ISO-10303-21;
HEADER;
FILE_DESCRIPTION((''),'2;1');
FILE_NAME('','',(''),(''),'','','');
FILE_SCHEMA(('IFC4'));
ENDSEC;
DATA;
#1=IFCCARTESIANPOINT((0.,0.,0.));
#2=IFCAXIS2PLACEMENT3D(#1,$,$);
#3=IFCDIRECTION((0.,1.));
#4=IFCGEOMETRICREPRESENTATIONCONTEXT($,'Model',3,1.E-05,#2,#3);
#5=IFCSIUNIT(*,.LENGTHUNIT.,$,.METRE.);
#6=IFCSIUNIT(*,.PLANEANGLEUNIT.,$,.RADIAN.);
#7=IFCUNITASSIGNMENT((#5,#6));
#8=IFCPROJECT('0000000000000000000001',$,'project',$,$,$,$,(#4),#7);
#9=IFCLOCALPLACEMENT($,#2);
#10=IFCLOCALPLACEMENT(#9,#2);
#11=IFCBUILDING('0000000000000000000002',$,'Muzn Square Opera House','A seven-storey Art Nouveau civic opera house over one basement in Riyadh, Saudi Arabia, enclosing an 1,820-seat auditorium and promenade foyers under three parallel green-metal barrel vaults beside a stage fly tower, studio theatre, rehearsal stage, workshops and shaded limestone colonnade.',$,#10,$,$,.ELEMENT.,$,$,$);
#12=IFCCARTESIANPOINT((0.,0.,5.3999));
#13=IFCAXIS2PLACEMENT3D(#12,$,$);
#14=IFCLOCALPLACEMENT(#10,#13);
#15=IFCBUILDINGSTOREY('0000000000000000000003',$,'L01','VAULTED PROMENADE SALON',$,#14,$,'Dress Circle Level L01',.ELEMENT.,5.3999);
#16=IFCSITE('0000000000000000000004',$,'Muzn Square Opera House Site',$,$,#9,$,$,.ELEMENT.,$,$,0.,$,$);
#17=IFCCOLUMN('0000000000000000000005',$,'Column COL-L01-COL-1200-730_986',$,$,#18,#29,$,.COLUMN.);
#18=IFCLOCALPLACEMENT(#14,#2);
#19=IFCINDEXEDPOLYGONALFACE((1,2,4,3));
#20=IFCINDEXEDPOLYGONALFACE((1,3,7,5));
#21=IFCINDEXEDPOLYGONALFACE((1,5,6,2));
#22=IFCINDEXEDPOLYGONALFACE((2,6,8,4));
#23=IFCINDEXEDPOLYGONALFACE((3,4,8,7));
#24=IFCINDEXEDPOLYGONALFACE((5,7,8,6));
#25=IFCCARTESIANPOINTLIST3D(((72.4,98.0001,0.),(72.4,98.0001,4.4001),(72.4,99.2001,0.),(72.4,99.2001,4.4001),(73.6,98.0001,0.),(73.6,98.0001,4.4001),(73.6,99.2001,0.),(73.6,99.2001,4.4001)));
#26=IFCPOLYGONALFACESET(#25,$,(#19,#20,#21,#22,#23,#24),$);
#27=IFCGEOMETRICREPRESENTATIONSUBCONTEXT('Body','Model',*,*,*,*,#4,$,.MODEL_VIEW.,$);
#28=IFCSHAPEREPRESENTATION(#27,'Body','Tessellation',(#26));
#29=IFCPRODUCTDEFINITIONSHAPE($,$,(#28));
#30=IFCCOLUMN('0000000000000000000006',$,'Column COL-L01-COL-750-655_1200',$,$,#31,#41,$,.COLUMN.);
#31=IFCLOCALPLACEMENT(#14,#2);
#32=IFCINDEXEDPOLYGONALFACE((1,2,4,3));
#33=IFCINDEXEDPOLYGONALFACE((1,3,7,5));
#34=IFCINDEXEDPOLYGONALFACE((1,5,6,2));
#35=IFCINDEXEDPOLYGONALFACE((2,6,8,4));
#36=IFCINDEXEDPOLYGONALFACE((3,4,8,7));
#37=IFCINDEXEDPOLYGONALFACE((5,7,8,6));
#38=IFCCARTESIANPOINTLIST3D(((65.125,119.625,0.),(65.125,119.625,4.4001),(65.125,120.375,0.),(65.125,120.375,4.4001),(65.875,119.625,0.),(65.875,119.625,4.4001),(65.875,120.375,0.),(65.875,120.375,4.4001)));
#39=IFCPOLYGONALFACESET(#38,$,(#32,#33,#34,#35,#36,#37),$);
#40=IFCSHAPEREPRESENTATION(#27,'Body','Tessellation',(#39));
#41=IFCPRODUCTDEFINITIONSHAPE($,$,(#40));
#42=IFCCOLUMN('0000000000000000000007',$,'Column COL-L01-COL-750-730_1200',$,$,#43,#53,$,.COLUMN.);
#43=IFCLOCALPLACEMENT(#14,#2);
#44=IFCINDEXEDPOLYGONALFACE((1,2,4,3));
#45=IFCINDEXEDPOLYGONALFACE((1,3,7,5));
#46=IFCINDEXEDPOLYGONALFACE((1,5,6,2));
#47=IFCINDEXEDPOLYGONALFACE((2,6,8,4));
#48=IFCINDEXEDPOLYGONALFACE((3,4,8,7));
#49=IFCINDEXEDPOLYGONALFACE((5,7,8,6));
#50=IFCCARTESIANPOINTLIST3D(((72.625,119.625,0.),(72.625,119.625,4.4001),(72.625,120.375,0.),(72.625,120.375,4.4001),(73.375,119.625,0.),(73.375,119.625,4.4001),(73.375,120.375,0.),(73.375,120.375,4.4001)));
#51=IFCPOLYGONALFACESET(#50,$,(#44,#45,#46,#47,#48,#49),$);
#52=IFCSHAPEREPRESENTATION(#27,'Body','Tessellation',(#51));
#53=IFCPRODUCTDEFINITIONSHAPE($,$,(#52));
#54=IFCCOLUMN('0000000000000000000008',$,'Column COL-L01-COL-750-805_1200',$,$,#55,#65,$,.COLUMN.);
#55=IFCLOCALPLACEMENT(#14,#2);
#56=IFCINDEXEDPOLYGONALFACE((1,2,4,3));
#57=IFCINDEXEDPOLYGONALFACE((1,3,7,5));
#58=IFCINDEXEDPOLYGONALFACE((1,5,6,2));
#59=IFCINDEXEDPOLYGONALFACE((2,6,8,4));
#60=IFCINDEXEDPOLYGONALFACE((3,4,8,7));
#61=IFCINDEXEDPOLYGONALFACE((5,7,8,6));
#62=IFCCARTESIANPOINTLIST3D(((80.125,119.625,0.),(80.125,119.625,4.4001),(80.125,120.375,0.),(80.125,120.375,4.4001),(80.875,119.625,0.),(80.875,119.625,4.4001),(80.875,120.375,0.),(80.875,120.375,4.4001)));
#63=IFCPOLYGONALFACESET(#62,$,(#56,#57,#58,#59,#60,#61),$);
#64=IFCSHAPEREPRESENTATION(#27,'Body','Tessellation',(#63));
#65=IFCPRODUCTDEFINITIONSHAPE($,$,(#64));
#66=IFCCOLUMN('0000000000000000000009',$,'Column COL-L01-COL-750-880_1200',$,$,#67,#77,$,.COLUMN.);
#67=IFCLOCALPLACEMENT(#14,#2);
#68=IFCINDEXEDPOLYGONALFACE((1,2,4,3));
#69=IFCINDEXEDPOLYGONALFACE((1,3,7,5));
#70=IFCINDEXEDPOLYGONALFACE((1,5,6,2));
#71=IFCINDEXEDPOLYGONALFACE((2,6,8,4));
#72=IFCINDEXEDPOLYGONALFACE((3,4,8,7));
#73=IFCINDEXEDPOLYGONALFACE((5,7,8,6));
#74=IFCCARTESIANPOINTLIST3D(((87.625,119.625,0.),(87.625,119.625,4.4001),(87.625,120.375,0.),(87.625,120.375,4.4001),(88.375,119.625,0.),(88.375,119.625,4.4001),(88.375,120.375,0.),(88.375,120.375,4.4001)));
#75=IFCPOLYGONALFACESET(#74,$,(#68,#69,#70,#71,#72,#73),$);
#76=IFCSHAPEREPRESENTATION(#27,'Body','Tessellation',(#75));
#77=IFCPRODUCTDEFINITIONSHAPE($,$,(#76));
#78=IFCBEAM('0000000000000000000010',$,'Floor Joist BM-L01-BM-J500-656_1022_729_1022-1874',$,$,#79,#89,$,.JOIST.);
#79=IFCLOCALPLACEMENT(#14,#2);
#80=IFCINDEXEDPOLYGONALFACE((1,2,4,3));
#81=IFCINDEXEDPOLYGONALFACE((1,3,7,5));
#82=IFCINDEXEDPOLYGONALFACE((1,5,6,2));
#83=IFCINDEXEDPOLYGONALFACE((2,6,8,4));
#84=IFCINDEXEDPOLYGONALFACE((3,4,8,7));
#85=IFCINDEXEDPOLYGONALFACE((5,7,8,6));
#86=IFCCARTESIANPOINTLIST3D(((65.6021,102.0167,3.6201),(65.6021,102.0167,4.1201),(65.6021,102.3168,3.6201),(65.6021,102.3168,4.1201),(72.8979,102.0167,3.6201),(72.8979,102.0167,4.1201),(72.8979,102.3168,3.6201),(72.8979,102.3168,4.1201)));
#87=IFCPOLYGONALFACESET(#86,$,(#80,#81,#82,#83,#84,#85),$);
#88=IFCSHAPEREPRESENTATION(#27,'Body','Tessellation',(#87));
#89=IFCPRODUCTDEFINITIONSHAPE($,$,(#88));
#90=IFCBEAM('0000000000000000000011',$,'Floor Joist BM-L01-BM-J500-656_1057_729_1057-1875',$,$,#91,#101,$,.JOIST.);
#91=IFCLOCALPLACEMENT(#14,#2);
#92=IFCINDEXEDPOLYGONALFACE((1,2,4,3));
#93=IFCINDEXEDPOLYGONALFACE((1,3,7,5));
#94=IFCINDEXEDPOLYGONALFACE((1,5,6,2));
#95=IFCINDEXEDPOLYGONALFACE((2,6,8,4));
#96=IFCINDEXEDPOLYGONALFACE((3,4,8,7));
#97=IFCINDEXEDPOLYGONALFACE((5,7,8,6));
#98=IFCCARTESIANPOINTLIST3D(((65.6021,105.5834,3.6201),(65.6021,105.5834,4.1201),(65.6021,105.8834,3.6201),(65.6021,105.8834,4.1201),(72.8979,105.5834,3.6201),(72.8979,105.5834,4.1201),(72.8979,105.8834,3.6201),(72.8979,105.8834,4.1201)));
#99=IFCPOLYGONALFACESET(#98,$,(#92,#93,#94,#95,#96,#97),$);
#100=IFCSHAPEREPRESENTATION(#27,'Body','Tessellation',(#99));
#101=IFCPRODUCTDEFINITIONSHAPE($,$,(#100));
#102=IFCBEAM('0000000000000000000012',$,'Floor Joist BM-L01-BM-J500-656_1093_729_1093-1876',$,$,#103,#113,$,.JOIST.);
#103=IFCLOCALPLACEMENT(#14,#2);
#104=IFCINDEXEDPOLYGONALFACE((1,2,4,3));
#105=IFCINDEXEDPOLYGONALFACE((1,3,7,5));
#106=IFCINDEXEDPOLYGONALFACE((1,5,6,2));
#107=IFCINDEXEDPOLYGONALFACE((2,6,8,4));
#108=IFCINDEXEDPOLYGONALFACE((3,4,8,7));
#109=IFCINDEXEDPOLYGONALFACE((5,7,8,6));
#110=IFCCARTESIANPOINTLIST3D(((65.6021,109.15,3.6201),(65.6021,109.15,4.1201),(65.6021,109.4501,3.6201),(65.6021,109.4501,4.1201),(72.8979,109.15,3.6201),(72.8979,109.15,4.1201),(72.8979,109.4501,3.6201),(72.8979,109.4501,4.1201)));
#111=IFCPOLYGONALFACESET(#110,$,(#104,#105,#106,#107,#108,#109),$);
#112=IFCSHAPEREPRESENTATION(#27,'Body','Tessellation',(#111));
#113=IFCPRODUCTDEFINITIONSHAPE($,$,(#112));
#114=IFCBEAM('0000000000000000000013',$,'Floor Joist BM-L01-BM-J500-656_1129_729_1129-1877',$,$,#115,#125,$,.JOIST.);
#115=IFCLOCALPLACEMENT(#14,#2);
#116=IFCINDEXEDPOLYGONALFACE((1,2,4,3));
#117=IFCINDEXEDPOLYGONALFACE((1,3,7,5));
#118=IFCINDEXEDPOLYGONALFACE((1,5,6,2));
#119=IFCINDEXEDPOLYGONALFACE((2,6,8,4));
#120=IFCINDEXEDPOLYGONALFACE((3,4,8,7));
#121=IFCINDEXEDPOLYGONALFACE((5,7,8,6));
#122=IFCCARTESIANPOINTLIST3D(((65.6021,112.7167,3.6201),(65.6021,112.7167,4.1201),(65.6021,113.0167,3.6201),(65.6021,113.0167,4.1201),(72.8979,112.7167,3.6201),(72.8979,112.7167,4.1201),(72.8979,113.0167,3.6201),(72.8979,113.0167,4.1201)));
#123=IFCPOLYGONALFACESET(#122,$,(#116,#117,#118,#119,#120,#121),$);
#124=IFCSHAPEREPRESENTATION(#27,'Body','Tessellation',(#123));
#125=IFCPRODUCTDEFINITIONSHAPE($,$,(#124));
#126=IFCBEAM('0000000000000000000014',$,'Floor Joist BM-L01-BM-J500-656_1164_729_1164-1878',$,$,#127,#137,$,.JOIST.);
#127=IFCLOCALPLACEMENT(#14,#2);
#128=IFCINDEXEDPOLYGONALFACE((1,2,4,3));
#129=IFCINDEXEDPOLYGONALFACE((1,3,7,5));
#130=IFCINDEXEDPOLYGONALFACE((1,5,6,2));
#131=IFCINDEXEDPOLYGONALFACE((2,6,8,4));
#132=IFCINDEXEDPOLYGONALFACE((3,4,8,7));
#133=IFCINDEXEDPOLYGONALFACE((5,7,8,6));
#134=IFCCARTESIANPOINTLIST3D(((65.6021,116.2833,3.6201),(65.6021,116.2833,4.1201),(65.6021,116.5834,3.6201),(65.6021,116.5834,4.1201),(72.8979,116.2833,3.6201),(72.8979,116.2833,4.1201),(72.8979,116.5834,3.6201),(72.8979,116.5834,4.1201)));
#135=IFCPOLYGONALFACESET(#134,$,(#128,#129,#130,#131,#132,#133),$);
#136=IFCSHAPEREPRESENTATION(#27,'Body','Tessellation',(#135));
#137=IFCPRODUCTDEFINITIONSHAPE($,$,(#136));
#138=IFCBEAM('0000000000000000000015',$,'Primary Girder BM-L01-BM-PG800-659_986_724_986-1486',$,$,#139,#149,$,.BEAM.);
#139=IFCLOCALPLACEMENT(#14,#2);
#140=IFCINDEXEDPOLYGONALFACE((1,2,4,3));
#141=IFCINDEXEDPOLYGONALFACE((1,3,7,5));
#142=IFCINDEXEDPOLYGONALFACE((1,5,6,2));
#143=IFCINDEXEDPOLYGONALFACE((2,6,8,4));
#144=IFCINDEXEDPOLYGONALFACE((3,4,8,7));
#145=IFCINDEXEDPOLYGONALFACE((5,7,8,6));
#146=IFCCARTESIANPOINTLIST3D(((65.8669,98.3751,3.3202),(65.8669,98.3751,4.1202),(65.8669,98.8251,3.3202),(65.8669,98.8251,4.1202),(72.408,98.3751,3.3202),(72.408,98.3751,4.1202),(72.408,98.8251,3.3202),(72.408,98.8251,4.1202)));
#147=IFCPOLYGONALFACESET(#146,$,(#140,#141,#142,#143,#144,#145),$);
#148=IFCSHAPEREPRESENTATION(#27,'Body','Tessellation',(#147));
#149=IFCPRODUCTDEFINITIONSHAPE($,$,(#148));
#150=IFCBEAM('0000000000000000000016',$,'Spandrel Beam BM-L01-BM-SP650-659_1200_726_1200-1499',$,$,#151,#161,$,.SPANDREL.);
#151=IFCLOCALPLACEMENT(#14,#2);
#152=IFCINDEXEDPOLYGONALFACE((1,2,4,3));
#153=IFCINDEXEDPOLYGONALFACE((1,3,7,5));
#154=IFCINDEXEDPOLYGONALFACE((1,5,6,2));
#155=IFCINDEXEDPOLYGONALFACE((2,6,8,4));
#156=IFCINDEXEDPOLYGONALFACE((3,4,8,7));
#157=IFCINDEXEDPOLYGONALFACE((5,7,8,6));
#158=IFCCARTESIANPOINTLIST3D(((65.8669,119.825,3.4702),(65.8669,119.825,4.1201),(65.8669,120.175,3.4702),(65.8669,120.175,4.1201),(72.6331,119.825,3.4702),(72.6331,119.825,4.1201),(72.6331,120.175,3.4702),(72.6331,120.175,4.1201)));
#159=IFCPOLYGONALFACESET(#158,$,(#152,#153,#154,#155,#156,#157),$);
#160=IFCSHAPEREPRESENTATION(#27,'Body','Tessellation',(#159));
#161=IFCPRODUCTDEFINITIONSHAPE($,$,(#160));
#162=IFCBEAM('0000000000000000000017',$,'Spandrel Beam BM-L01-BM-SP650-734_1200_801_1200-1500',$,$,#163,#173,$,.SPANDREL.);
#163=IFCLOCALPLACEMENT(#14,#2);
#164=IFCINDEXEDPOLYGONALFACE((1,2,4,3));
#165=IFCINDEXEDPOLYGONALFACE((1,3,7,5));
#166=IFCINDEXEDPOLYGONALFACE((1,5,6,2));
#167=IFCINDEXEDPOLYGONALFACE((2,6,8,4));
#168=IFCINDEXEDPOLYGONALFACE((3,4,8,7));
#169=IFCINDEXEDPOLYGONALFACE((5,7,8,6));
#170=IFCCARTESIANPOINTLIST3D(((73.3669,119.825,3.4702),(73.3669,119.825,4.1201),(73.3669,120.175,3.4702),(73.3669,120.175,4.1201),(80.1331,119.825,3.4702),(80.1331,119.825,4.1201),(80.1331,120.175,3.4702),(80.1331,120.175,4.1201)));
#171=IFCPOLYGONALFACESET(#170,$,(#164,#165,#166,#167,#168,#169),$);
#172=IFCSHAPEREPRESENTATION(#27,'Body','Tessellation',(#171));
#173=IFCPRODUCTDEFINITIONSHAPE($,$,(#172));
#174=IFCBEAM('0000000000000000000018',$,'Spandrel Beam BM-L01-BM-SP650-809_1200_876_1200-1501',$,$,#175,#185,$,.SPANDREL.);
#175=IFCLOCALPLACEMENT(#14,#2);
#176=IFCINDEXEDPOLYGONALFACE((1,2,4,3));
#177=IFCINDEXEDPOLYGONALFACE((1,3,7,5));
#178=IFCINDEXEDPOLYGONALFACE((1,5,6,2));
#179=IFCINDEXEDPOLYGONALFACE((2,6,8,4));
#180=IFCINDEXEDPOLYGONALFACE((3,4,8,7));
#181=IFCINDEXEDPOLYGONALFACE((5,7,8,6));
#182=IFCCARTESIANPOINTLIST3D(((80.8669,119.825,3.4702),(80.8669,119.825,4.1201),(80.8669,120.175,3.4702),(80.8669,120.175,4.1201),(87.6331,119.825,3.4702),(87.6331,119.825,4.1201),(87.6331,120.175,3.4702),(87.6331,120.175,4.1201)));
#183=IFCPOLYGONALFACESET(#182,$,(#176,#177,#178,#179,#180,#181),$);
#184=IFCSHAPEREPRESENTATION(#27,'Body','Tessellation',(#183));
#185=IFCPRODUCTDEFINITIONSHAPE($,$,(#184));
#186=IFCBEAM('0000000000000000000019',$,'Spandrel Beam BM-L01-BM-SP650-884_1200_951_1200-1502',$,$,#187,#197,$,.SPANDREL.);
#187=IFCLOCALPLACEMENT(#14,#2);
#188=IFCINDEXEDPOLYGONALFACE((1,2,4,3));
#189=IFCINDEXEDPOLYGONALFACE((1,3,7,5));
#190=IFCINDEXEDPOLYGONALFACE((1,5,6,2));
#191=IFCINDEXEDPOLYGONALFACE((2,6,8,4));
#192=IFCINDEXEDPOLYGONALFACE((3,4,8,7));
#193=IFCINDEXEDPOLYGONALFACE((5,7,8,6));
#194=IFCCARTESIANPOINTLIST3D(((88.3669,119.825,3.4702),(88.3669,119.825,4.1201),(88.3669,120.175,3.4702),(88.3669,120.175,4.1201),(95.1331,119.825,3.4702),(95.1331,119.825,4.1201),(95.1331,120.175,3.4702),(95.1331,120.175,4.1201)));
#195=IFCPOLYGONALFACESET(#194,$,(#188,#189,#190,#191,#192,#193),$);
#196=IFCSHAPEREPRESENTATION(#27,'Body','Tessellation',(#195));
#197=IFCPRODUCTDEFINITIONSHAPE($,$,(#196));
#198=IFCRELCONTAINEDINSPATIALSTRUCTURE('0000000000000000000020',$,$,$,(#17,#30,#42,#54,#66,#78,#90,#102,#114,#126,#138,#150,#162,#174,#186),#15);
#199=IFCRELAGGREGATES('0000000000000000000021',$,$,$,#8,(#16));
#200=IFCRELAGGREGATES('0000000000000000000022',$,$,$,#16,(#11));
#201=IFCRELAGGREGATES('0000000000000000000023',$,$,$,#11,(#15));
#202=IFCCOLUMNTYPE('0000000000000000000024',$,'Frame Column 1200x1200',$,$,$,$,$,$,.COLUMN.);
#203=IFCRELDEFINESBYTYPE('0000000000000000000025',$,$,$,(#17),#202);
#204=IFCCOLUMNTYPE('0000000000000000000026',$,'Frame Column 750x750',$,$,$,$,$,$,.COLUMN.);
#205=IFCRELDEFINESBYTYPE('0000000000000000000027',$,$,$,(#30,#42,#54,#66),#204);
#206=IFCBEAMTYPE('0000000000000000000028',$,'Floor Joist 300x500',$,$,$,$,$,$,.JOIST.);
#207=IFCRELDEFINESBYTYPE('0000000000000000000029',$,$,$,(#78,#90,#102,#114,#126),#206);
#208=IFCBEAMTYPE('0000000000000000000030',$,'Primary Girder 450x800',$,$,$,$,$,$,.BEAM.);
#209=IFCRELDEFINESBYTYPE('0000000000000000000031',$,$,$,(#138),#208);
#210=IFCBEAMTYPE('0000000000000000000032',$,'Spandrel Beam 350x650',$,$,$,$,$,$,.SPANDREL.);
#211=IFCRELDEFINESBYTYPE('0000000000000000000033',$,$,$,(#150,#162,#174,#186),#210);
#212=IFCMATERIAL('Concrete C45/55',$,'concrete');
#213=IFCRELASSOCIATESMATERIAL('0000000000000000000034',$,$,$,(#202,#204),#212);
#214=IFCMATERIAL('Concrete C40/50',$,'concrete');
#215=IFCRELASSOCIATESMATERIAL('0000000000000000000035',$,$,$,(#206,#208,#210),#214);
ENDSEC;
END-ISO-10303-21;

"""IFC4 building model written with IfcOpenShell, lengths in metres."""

from ifc_helpers import new_model, si_unit, direction, frame, origin, origin_2d, place, context, subcontext, project, spatial, rectangle, extrude, material, material_profile, profile_set, type_object, element, save


model = new_model("IFC4")

# Units and contexts
model_context = context("Model", 3, precision=1e-05, world=origin(), true_north=direction((0.0, 1.0)))
body_context = subcontext(model_context, "Body", "Model", "MODEL_VIEW")
ifc_project = project(units=[si_unit("LENGTHUNIT", "METRE"), si_unit("PLANEANGLEUNIT", "RADIAN")], contexts=[model_context])

# Site, building, storey
site_placement = place(None, origin())
site = spatial("IfcSite", under=ifc_project, at=site_placement, Name="Muzn Square Opera House Site", CompositionType="ELEMENT", RefElevation=0.0)
building_placement = place(site_placement, origin())
building = spatial("IfcBuilding", under=site, at=building_placement, Name="Muzn Square Opera House", Description="A seven-storey Art Nouveau civic opera house over one basement in Riyadh, Saudi Arabia, enclosing an 1,820-seat auditorium and promenade foyers under three parallel green-metal barrel vaults beside a stage fly tower, studio theatre, rehearsal stage, workshops and shaded limestone colonnade.", CompositionType="ELEMENT")
storey_placement = place(building_placement, frame((0.0, 0.0, 5.3999)))
storey = spatial("IfcBuildingStorey", under=building, at=storey_placement, Name="L01", Description="VAULTED PROMENADE SALON", LongName="Dress Circle Level L01", CompositionType="ELEMENT", Elevation=5.3999)

# Columns
ifc_material_1 = material(Name="Concrete C45/55", Category="concrete")
ifc_material_profile_1 = material_profile(ifc_material_1, rectangle(XDim=1.2, YDim=1.2, at=origin_2d()), Name="RC 1200x1200", Category="concrete")
ifc_profile_set_1 = profile_set([ifc_material_profile_1], Name="Concrete C45/55")
column_type_1 = type_object("IfcColumnType", Name="Frame Column 1200x1200", PredefinedType="COLUMN", material=ifc_profile_set_1)
column_placement = place(storey_placement, frame((73.0, 98.6001, 0.0), z_axis=(0.0, 0.0, 1.0), x_axis=(1.0, 0.0, 0.0)))
element("IfcColumn", 1, at=column_placement, inside=storey, type_object=column_type_1, Name="Column COL-L01-COL-1200-730_986", PredefinedType="COLUMN", context=body_context, shape_type="SweptSolid", body=[
    extrude(rectangle(XDim=1.2, YDim=1.2, at=origin_2d()), origin(), (0.0, 0.0, 1.0), 4.4001),
])
ifc_material_profile_2 = material_profile(ifc_material_1, rectangle(XDim=0.75, YDim=0.75, at=origin_2d()), Name="RC 750x750", Category="concrete")
ifc_profile_set_2 = profile_set([ifc_material_profile_2], Name="Concrete C45/55")
column_type_2 = type_object("IfcColumnType", Name="Frame Column 750x750", PredefinedType="COLUMN", material=ifc_profile_set_2)
for number, where, z_axis, x_axis, name in (
    (2, (65.5, 120.0, 0.0), (0.0, 0.0, 1.0), (1.0, 0.0, 0.0), "Column COL-L01-COL-750-655_1200"),
    (3, (73.0, 120.0, 0.0), (0.0, 0.0, 1.0), (1.0, 0.0, 0.0), "Column COL-L01-COL-750-730_1200"),
    (4, (80.5, 120.0, 0.0), (0.0, 0.0, 1.0), (1.0, 0.0, 0.0), "Column COL-L01-COL-750-805_1200"),
    (5, (88.0, 120.0, 0.0), (0.0, 0.0, 1.0), (1.0, 0.0, 0.0), "Column COL-L01-COL-750-880_1200"),
):
    element("IfcColumn", number, at=place(storey_placement, frame(where, z_axis=z_axis, x_axis=x_axis)), inside=storey, type_object=column_type_2, Name=name, PredefinedType="COLUMN", context=body_context, shape_type="SweptSolid", body=[
        extrude(rectangle(XDim=0.75, YDim=0.75, at=origin_2d()), origin(), (0.0, 0.0, 1.0), 4.4001),
    ])

# Beams
ifc_material_2 = material(Name="Concrete C40/50", Category="concrete")
ifc_material_profile_3 = material_profile(ifc_material_2, rectangle(XDim=0.3, YDim=0.5, at=origin_2d()), Name="RCJ 300x500", Category="concrete")
ifc_profile_set_3 = profile_set([ifc_material_profile_3], Name="Concrete C40/50")
beam_type_1 = type_object("IfcBeamType", Name="Floor Joist 300x500", PredefinedType="JOIST", material=ifc_profile_set_3)
for number, where, z_axis, x_axis, name in (
    (6, (65.6021, 102.1667, 3.8701), (1.0, 0.0, 0.0), (0.0, 1.0, 0.0), "Floor Joist BM-L01-BM-J500-656_1022_729_1022-1874"),
    (7, (65.6021, 105.7334, 3.8701), (1.0, 0.0, 0.0), (0.0, 1.0, 0.0), "Floor Joist BM-L01-BM-J500-656_1057_729_1057-1875"),
    (8, (65.6021, 109.3, 3.8701), (1.0, 0.0, 0.0), (0.0, 1.0, 0.0), "Floor Joist BM-L01-BM-J500-656_1093_729_1093-1876"),
    (9, (65.6021, 112.8667, 3.8701), (1.0, 0.0, 0.0), (0.0, 1.0, 0.0), "Floor Joist BM-L01-BM-J500-656_1129_729_1129-1877"),
    (10, (65.6021, 116.4333, 3.8701), (1.0, 0.0, 0.0), (0.0, 1.0, 0.0), "Floor Joist BM-L01-BM-J500-656_1164_729_1164-1878"),
):
    element("IfcBeam", number, at=place(storey_placement, frame(where, z_axis=z_axis, x_axis=x_axis)), inside=storey, type_object=beam_type_1, Name=name, PredefinedType="JOIST", context=body_context, shape_type="SweptSolid", body=[
        extrude(rectangle(XDim=0.3, YDim=0.5, at=origin_2d()), origin(), (0.0, 0.0, 1.0), 7.2959),
    ])
ifc_material_profile_4 = material_profile(ifc_material_2, rectangle(XDim=0.45, YDim=0.8, at=origin_2d()), Name="RCB 450x800", Category="concrete")
ifc_profile_set_4 = profile_set([ifc_material_profile_4], Name="Concrete C40/50")
beam_type_2 = type_object("IfcBeamType", Name="Primary Girder 450x800", PredefinedType="BEAM", material=ifc_profile_set_4)
beam_1_placement = place(storey_placement, frame((65.8669, 98.6001, 3.7202), z_axis=(1.0, 0.0, 0.0), x_axis=(0.0, 1.0, 0.0)))
element("IfcBeam", 11, at=beam_1_placement, inside=storey, type_object=beam_type_2, Name="Primary Girder BM-L01-BM-PG800-659_986_724_986-1486", PredefinedType="BEAM", context=body_context, shape_type="SweptSolid", body=[
    extrude(rectangle(XDim=0.45, YDim=0.8, at=origin_2d()), origin(), (0.0, 0.0, 1.0), 6.541),
])
ifc_material_profile_5 = material_profile(ifc_material_2, rectangle(XDim=0.3501, YDim=0.6499, at=origin_2d()), Name="RCS 350x650", Category="concrete")
ifc_profile_set_5 = profile_set([ifc_material_profile_5], Name="Concrete C40/50")
beam_type_3 = type_object("IfcBeamType", Name="Spandrel Beam 350x650", PredefinedType="SPANDREL", material=ifc_profile_set_5)
for number, where, z_axis, x_axis, name in (
    (12, (65.8669, 120.0, 3.7952), (1.0, 0.0, 0.0), (0.0, 1.0, 0.0), "Spandrel Beam BM-L01-BM-SP650-659_1200_726_1200-1499"),
    (13, (73.3669, 120.0, 3.7952), (1.0, 0.0, 0.0), (0.0, 1.0, 0.0), "Spandrel Beam BM-L01-BM-SP650-734_1200_801_1200-1500"),
    (14, (80.8669, 120.0, 3.7952), (1.0, 0.0, 0.0), (0.0, 1.0, 0.0), "Spandrel Beam BM-L01-BM-SP650-809_1200_876_1200-1501"),
    (15, (88.3669, 120.0, 3.7952), (1.0, 0.0, 0.0), (0.0, 1.0, 0.0), "Spandrel Beam BM-L01-BM-SP650-884_1200_951_1200-1502"),
):
    element("IfcBeam", number, at=place(storey_placement, frame(where, z_axis=z_axis, x_axis=x_axis)), inside=storey, type_object=beam_type_3, Name=name, PredefinedType="SPANDREL", context=body_context, shape_type="SweptSolid", body=[
        extrude(rectangle(XDim=0.3501, YDim=0.6499, at=origin_2d()), origin(), (0.0, 0.0, 1.0), 6.7661),
    ])

save(model, "model.ifc")
